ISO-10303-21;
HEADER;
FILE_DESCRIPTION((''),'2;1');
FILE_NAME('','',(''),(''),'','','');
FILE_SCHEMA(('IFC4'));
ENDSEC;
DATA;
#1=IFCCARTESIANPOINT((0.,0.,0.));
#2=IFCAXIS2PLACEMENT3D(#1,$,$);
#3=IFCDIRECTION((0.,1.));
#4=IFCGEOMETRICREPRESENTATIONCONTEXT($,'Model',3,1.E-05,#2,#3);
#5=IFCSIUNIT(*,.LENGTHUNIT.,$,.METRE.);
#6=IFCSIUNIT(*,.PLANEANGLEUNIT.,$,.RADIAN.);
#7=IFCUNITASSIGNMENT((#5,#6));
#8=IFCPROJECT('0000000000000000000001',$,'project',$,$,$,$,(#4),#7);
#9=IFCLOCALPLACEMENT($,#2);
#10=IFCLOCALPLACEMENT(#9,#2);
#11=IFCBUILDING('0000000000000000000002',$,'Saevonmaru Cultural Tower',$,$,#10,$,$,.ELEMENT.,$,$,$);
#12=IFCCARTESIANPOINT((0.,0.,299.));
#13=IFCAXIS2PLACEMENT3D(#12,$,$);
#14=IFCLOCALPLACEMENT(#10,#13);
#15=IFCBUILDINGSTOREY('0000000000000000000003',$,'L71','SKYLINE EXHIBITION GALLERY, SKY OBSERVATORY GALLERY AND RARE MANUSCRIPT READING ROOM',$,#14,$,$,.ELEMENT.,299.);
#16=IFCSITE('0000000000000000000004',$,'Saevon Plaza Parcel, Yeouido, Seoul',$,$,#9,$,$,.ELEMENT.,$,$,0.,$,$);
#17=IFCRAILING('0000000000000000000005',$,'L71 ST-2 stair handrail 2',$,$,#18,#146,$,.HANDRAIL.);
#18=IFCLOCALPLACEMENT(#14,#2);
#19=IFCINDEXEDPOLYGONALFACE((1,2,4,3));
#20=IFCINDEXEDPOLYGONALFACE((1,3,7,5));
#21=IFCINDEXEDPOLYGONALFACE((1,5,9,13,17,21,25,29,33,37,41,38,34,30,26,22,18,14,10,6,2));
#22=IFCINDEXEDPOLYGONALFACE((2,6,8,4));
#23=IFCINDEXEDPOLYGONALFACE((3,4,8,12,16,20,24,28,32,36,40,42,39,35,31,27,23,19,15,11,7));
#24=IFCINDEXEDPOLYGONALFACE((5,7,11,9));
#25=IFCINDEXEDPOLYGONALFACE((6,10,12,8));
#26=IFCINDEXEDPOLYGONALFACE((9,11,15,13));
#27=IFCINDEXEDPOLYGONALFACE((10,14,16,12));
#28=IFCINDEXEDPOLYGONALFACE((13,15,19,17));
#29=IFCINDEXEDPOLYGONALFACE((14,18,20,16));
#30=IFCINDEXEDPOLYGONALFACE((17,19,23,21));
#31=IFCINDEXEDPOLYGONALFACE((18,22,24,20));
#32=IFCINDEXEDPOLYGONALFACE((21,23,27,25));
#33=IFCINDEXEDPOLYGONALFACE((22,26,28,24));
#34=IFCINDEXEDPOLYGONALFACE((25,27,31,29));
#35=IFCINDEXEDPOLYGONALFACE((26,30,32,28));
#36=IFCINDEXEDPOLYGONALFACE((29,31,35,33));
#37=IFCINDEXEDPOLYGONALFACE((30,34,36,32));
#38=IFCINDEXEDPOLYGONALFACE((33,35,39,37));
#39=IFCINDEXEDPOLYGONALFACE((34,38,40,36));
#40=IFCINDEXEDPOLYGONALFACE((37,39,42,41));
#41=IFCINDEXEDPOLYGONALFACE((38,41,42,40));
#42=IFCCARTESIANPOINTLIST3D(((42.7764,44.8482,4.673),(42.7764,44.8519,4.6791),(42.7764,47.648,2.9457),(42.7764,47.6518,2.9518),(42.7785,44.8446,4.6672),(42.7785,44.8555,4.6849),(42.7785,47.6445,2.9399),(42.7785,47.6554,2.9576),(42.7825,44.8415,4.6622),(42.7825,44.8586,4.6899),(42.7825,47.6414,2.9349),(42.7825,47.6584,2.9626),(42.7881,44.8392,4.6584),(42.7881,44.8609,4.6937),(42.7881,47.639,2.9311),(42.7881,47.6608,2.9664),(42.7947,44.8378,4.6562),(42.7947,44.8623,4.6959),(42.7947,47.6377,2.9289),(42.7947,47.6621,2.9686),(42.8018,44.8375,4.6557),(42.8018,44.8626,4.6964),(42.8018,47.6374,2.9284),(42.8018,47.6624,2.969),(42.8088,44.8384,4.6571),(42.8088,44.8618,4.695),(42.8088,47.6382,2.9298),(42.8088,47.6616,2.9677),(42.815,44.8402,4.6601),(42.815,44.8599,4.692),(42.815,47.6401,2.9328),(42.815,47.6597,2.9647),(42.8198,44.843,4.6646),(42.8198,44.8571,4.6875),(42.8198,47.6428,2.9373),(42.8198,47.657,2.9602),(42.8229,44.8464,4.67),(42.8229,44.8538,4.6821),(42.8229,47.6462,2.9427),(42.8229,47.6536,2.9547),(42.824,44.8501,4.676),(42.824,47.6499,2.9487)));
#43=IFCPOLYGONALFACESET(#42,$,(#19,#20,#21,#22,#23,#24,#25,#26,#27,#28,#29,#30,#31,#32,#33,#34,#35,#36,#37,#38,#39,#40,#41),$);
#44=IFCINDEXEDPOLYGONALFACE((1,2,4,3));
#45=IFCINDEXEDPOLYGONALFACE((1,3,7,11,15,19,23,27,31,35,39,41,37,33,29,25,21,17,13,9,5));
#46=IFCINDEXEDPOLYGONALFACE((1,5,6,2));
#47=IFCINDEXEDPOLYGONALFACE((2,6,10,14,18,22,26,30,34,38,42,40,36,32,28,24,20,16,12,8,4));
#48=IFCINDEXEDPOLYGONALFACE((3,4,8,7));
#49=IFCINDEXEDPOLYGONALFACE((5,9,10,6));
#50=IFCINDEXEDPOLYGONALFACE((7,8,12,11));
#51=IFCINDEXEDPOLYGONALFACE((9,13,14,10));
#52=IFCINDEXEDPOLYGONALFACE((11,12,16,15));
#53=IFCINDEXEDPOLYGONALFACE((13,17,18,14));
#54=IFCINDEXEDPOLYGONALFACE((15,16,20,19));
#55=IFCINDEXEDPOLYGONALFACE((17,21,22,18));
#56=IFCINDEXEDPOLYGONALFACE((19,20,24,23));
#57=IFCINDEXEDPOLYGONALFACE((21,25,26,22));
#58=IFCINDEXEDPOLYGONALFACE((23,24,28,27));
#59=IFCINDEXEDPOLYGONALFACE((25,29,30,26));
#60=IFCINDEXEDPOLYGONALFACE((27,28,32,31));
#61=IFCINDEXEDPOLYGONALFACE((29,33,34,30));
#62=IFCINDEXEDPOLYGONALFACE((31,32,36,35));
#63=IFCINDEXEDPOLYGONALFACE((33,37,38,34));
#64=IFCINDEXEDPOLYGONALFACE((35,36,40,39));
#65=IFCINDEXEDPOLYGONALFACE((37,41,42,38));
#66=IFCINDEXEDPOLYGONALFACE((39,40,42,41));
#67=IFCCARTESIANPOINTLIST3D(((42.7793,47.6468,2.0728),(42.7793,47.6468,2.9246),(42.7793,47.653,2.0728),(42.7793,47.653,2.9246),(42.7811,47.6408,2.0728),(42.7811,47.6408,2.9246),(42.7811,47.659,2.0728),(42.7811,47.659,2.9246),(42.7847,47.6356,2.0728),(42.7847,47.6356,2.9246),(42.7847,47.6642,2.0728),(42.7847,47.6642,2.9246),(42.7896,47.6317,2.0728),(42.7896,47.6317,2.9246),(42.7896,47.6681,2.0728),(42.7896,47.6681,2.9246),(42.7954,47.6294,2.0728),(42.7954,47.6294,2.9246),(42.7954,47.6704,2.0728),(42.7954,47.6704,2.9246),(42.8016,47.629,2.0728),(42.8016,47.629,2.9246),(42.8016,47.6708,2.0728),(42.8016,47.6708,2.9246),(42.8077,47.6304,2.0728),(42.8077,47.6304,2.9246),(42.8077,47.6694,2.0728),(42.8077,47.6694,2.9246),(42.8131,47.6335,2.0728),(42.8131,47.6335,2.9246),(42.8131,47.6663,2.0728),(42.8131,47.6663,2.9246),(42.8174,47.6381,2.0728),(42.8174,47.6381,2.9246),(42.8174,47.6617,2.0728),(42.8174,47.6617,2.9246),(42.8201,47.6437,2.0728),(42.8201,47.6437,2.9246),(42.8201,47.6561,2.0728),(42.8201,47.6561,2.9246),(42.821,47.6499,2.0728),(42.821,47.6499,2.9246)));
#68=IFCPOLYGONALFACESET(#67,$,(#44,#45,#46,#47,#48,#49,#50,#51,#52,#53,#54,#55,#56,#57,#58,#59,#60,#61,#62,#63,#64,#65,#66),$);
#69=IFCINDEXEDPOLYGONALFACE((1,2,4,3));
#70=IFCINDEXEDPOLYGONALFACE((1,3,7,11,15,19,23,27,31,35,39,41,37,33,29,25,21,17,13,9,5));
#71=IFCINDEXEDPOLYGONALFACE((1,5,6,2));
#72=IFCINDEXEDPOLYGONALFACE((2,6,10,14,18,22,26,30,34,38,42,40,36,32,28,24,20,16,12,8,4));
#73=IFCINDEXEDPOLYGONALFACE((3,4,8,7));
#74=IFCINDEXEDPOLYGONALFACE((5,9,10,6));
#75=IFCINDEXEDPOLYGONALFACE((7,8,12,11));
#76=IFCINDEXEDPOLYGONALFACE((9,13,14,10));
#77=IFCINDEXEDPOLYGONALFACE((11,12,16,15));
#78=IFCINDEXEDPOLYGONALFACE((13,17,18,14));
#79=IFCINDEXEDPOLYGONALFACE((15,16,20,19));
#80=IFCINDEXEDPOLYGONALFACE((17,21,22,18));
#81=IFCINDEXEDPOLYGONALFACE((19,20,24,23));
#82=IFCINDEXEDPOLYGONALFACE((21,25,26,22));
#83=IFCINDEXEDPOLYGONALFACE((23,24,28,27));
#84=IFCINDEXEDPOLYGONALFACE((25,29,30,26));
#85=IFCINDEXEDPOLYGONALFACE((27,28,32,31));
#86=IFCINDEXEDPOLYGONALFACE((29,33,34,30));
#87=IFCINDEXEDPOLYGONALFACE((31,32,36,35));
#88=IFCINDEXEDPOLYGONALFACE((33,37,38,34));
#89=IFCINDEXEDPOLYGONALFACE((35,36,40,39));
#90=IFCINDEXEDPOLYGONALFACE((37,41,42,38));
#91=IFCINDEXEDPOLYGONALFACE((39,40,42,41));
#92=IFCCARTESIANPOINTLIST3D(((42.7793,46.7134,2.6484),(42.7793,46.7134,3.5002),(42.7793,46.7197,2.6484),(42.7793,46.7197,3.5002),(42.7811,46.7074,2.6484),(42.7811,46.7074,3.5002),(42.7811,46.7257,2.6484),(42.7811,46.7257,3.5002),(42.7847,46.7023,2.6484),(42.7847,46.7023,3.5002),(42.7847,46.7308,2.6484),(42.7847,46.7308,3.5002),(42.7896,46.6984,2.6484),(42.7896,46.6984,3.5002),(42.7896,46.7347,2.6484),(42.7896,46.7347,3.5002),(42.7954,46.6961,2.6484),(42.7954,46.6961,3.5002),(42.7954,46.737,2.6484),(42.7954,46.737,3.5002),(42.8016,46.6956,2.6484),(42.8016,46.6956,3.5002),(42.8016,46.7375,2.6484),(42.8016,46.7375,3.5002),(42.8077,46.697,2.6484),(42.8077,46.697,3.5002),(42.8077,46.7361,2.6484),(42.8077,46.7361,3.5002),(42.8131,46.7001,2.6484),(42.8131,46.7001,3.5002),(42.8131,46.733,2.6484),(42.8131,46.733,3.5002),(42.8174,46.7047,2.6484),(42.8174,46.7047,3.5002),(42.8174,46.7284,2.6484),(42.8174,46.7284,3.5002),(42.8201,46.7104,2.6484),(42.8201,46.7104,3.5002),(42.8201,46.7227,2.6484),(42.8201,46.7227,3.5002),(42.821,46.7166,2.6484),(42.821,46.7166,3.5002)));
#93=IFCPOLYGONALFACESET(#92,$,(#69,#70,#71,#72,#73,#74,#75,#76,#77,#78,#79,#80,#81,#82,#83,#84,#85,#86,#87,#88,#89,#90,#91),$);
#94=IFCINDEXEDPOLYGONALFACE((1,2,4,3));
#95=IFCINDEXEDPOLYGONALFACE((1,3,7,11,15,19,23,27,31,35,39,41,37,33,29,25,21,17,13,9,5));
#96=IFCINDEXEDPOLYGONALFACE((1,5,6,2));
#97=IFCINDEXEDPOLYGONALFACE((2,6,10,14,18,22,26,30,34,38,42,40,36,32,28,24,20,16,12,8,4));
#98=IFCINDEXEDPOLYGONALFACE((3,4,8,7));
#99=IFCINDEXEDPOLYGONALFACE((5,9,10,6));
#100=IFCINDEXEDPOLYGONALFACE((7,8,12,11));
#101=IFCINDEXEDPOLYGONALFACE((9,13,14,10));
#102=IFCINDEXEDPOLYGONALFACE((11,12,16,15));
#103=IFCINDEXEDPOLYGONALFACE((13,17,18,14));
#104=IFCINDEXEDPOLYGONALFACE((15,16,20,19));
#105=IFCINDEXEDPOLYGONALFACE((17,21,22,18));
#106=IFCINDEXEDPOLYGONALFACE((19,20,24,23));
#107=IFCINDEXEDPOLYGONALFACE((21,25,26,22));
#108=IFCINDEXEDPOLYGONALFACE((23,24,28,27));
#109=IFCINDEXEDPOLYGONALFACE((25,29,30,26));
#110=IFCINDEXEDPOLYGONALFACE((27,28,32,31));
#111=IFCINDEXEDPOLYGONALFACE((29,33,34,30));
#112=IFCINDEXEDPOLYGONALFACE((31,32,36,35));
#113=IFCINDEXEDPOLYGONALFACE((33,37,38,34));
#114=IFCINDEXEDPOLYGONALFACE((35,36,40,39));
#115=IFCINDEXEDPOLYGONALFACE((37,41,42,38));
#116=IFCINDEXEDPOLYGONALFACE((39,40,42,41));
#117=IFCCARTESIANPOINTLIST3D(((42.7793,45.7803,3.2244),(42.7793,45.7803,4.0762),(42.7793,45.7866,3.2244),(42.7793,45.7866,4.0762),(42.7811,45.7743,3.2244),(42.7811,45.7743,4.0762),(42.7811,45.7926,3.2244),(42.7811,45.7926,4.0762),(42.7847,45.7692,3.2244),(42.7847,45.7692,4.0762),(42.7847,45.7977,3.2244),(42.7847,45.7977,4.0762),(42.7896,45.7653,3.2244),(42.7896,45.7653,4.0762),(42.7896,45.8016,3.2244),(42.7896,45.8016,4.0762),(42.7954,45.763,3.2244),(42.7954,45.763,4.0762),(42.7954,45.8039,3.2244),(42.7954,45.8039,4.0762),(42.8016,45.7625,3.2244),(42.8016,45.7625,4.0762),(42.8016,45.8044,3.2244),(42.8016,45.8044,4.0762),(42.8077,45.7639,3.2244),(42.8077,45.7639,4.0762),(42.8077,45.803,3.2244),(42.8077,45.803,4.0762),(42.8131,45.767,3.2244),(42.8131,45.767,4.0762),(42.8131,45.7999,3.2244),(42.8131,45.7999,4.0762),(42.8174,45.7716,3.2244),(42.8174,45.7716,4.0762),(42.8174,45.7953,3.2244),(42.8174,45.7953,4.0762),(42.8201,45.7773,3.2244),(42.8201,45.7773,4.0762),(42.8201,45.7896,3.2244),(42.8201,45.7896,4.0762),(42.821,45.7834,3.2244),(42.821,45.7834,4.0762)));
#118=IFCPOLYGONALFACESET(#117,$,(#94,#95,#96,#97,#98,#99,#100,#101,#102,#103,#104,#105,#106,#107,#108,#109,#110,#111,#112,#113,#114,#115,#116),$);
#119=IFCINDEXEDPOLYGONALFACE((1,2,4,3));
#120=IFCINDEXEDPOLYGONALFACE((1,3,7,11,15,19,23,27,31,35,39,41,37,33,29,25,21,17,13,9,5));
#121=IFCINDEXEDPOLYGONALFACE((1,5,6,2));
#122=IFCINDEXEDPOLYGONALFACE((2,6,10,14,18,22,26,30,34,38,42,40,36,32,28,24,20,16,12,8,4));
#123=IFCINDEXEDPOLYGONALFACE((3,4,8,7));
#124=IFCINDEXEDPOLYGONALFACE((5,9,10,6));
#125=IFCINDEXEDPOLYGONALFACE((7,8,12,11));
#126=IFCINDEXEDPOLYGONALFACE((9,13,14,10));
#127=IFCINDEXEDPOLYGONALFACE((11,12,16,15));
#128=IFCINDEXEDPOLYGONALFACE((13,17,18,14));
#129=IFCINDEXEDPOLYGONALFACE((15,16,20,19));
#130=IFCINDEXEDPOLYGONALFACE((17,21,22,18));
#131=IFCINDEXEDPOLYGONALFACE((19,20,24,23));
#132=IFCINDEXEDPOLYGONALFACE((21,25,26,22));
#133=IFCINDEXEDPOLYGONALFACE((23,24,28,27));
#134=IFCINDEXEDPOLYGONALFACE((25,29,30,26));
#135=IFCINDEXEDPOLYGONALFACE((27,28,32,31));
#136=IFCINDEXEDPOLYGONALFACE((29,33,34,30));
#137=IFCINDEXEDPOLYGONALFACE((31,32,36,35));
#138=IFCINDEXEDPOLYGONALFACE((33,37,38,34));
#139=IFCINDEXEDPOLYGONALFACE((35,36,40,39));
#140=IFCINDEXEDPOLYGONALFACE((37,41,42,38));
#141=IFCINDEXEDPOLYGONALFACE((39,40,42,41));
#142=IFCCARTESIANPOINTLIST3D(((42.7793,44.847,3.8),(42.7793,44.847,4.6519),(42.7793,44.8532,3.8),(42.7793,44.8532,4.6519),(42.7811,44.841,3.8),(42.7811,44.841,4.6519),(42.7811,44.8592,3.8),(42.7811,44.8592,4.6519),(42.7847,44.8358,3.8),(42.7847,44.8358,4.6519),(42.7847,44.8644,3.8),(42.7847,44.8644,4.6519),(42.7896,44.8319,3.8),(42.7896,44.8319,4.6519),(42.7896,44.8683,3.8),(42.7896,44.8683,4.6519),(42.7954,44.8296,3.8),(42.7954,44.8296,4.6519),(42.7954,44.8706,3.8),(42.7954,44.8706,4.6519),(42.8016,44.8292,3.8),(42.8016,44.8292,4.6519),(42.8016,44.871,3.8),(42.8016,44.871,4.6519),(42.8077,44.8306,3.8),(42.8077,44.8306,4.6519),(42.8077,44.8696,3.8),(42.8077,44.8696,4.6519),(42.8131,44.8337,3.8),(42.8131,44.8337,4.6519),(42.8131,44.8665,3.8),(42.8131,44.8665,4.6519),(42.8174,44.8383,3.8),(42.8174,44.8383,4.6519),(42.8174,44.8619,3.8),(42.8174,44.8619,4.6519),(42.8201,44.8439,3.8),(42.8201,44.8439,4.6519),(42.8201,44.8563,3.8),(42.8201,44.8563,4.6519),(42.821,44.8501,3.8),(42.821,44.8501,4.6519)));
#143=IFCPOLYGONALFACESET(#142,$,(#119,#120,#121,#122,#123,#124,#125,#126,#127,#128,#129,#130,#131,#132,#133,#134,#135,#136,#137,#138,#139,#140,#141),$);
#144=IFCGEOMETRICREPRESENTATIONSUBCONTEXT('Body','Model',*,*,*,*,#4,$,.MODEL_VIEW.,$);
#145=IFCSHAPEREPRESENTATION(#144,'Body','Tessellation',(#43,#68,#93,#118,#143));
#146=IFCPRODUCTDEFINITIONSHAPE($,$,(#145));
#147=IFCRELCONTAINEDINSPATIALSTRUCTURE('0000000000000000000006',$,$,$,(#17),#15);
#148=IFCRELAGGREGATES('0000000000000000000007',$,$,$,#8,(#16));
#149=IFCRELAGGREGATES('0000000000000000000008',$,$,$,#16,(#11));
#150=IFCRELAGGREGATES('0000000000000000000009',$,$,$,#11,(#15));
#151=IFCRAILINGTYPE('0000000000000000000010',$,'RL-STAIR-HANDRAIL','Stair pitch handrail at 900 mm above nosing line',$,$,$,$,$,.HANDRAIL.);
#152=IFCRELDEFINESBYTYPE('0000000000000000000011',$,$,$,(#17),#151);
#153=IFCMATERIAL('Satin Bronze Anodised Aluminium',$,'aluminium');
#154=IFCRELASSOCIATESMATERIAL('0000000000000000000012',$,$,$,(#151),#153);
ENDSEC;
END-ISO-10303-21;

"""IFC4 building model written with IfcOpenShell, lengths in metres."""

from ifc_helpers import new_model, si_unit, direction, frame, origin, origin_2d, place, context, subcontext, project, spatial, circle, extrude, material, type_object, element, save


model = new_model("IFC4")

# Units and contexts
model_context = context("Model", 3, precision=1e-05, world=origin(), true_north=direction((0.0, 1.0)))
body_context = subcontext(model_context, "Body", "Model", "MODEL_VIEW")
ifc_project = project(units=[si_unit("LENGTHUNIT", "METRE"), si_unit("PLANEANGLEUNIT", "RADIAN")], contexts=[model_context])

# Site, building, storey
site_placement = place(None, origin())
site = spatial("IfcSite", under=ifc_project, at=site_placement, Name="Saevon Plaza Parcel, Yeouido, Seoul", CompositionType="ELEMENT", RefElevation=0.0)
building_placement = place(site_placement, origin())
building = spatial("IfcBuilding", under=site, at=building_placement, Name="Saevonmaru Cultural Tower", CompositionType="ELEMENT")
storey_placement = place(building_placement, frame((0.0, 0.0, 299.0)))
storey = spatial("IfcBuildingStorey", under=building, at=storey_placement, Name="L71", Description="SKYLINE EXHIBITION GALLERY, SKY OBSERVATORY GALLERY AND RARE MANUSCRIPT READING ROOM", CompositionType="ELEMENT", Elevation=299.0)

# Shared definitions
ifc_material_1 = material(Name="Satin Bronze Anodised Aluminium", Category="aluminium")

# Railing
railing_type_1 = type_object("IfcRailingType", Name="RL-STAIR-HANDRAIL", Description="Stair pitch handrail at 900 mm above nosing line", PredefinedType="HANDRAIL", material=ifc_material_1)
railing_1_placement = place(storey_placement, frame((42.8, 47.6499, 2.0728)))
element("IfcRailing", 1, at=railing_1_placement, inside=storey, type_object=railing_type_1, Name="L71 ST-2 stair handrail 2", PredefinedType="HANDRAIL", context=body_context, shape_type="SweptSolid", body=[
    extrude(circle(Radius=0.0239, at=origin_2d()), frame((0.0, 0.0, 0.876), z_axis=(0.0, -0.851069, 0.525054), x_axis=(1.0, 0.0, 0.0)), (0.0, 0.0, 1.0), 3.2898),
    extrude(circle(Radius=0.021, at=origin_2d()), origin(), (0.0, 0.0, 1.0), 0.8518),
    extrude(circle(Radius=0.021, at=origin_2d()), frame((0.0, -0.9333, 0.5757)), (0.0, 0.0, 1.0), 0.8518),
    extrude(circle(Radius=0.021, at=origin_2d()), frame((0.0, -1.8665, 1.1516)), (0.0, 0.0, 1.0), 0.8518),
    extrude(circle(Radius=0.021, at=origin_2d()), frame((0.0, -2.7998, 1.7273)), (0.0, 0.0, 1.0), 0.8518),
])

save(model, "model.ifc")
